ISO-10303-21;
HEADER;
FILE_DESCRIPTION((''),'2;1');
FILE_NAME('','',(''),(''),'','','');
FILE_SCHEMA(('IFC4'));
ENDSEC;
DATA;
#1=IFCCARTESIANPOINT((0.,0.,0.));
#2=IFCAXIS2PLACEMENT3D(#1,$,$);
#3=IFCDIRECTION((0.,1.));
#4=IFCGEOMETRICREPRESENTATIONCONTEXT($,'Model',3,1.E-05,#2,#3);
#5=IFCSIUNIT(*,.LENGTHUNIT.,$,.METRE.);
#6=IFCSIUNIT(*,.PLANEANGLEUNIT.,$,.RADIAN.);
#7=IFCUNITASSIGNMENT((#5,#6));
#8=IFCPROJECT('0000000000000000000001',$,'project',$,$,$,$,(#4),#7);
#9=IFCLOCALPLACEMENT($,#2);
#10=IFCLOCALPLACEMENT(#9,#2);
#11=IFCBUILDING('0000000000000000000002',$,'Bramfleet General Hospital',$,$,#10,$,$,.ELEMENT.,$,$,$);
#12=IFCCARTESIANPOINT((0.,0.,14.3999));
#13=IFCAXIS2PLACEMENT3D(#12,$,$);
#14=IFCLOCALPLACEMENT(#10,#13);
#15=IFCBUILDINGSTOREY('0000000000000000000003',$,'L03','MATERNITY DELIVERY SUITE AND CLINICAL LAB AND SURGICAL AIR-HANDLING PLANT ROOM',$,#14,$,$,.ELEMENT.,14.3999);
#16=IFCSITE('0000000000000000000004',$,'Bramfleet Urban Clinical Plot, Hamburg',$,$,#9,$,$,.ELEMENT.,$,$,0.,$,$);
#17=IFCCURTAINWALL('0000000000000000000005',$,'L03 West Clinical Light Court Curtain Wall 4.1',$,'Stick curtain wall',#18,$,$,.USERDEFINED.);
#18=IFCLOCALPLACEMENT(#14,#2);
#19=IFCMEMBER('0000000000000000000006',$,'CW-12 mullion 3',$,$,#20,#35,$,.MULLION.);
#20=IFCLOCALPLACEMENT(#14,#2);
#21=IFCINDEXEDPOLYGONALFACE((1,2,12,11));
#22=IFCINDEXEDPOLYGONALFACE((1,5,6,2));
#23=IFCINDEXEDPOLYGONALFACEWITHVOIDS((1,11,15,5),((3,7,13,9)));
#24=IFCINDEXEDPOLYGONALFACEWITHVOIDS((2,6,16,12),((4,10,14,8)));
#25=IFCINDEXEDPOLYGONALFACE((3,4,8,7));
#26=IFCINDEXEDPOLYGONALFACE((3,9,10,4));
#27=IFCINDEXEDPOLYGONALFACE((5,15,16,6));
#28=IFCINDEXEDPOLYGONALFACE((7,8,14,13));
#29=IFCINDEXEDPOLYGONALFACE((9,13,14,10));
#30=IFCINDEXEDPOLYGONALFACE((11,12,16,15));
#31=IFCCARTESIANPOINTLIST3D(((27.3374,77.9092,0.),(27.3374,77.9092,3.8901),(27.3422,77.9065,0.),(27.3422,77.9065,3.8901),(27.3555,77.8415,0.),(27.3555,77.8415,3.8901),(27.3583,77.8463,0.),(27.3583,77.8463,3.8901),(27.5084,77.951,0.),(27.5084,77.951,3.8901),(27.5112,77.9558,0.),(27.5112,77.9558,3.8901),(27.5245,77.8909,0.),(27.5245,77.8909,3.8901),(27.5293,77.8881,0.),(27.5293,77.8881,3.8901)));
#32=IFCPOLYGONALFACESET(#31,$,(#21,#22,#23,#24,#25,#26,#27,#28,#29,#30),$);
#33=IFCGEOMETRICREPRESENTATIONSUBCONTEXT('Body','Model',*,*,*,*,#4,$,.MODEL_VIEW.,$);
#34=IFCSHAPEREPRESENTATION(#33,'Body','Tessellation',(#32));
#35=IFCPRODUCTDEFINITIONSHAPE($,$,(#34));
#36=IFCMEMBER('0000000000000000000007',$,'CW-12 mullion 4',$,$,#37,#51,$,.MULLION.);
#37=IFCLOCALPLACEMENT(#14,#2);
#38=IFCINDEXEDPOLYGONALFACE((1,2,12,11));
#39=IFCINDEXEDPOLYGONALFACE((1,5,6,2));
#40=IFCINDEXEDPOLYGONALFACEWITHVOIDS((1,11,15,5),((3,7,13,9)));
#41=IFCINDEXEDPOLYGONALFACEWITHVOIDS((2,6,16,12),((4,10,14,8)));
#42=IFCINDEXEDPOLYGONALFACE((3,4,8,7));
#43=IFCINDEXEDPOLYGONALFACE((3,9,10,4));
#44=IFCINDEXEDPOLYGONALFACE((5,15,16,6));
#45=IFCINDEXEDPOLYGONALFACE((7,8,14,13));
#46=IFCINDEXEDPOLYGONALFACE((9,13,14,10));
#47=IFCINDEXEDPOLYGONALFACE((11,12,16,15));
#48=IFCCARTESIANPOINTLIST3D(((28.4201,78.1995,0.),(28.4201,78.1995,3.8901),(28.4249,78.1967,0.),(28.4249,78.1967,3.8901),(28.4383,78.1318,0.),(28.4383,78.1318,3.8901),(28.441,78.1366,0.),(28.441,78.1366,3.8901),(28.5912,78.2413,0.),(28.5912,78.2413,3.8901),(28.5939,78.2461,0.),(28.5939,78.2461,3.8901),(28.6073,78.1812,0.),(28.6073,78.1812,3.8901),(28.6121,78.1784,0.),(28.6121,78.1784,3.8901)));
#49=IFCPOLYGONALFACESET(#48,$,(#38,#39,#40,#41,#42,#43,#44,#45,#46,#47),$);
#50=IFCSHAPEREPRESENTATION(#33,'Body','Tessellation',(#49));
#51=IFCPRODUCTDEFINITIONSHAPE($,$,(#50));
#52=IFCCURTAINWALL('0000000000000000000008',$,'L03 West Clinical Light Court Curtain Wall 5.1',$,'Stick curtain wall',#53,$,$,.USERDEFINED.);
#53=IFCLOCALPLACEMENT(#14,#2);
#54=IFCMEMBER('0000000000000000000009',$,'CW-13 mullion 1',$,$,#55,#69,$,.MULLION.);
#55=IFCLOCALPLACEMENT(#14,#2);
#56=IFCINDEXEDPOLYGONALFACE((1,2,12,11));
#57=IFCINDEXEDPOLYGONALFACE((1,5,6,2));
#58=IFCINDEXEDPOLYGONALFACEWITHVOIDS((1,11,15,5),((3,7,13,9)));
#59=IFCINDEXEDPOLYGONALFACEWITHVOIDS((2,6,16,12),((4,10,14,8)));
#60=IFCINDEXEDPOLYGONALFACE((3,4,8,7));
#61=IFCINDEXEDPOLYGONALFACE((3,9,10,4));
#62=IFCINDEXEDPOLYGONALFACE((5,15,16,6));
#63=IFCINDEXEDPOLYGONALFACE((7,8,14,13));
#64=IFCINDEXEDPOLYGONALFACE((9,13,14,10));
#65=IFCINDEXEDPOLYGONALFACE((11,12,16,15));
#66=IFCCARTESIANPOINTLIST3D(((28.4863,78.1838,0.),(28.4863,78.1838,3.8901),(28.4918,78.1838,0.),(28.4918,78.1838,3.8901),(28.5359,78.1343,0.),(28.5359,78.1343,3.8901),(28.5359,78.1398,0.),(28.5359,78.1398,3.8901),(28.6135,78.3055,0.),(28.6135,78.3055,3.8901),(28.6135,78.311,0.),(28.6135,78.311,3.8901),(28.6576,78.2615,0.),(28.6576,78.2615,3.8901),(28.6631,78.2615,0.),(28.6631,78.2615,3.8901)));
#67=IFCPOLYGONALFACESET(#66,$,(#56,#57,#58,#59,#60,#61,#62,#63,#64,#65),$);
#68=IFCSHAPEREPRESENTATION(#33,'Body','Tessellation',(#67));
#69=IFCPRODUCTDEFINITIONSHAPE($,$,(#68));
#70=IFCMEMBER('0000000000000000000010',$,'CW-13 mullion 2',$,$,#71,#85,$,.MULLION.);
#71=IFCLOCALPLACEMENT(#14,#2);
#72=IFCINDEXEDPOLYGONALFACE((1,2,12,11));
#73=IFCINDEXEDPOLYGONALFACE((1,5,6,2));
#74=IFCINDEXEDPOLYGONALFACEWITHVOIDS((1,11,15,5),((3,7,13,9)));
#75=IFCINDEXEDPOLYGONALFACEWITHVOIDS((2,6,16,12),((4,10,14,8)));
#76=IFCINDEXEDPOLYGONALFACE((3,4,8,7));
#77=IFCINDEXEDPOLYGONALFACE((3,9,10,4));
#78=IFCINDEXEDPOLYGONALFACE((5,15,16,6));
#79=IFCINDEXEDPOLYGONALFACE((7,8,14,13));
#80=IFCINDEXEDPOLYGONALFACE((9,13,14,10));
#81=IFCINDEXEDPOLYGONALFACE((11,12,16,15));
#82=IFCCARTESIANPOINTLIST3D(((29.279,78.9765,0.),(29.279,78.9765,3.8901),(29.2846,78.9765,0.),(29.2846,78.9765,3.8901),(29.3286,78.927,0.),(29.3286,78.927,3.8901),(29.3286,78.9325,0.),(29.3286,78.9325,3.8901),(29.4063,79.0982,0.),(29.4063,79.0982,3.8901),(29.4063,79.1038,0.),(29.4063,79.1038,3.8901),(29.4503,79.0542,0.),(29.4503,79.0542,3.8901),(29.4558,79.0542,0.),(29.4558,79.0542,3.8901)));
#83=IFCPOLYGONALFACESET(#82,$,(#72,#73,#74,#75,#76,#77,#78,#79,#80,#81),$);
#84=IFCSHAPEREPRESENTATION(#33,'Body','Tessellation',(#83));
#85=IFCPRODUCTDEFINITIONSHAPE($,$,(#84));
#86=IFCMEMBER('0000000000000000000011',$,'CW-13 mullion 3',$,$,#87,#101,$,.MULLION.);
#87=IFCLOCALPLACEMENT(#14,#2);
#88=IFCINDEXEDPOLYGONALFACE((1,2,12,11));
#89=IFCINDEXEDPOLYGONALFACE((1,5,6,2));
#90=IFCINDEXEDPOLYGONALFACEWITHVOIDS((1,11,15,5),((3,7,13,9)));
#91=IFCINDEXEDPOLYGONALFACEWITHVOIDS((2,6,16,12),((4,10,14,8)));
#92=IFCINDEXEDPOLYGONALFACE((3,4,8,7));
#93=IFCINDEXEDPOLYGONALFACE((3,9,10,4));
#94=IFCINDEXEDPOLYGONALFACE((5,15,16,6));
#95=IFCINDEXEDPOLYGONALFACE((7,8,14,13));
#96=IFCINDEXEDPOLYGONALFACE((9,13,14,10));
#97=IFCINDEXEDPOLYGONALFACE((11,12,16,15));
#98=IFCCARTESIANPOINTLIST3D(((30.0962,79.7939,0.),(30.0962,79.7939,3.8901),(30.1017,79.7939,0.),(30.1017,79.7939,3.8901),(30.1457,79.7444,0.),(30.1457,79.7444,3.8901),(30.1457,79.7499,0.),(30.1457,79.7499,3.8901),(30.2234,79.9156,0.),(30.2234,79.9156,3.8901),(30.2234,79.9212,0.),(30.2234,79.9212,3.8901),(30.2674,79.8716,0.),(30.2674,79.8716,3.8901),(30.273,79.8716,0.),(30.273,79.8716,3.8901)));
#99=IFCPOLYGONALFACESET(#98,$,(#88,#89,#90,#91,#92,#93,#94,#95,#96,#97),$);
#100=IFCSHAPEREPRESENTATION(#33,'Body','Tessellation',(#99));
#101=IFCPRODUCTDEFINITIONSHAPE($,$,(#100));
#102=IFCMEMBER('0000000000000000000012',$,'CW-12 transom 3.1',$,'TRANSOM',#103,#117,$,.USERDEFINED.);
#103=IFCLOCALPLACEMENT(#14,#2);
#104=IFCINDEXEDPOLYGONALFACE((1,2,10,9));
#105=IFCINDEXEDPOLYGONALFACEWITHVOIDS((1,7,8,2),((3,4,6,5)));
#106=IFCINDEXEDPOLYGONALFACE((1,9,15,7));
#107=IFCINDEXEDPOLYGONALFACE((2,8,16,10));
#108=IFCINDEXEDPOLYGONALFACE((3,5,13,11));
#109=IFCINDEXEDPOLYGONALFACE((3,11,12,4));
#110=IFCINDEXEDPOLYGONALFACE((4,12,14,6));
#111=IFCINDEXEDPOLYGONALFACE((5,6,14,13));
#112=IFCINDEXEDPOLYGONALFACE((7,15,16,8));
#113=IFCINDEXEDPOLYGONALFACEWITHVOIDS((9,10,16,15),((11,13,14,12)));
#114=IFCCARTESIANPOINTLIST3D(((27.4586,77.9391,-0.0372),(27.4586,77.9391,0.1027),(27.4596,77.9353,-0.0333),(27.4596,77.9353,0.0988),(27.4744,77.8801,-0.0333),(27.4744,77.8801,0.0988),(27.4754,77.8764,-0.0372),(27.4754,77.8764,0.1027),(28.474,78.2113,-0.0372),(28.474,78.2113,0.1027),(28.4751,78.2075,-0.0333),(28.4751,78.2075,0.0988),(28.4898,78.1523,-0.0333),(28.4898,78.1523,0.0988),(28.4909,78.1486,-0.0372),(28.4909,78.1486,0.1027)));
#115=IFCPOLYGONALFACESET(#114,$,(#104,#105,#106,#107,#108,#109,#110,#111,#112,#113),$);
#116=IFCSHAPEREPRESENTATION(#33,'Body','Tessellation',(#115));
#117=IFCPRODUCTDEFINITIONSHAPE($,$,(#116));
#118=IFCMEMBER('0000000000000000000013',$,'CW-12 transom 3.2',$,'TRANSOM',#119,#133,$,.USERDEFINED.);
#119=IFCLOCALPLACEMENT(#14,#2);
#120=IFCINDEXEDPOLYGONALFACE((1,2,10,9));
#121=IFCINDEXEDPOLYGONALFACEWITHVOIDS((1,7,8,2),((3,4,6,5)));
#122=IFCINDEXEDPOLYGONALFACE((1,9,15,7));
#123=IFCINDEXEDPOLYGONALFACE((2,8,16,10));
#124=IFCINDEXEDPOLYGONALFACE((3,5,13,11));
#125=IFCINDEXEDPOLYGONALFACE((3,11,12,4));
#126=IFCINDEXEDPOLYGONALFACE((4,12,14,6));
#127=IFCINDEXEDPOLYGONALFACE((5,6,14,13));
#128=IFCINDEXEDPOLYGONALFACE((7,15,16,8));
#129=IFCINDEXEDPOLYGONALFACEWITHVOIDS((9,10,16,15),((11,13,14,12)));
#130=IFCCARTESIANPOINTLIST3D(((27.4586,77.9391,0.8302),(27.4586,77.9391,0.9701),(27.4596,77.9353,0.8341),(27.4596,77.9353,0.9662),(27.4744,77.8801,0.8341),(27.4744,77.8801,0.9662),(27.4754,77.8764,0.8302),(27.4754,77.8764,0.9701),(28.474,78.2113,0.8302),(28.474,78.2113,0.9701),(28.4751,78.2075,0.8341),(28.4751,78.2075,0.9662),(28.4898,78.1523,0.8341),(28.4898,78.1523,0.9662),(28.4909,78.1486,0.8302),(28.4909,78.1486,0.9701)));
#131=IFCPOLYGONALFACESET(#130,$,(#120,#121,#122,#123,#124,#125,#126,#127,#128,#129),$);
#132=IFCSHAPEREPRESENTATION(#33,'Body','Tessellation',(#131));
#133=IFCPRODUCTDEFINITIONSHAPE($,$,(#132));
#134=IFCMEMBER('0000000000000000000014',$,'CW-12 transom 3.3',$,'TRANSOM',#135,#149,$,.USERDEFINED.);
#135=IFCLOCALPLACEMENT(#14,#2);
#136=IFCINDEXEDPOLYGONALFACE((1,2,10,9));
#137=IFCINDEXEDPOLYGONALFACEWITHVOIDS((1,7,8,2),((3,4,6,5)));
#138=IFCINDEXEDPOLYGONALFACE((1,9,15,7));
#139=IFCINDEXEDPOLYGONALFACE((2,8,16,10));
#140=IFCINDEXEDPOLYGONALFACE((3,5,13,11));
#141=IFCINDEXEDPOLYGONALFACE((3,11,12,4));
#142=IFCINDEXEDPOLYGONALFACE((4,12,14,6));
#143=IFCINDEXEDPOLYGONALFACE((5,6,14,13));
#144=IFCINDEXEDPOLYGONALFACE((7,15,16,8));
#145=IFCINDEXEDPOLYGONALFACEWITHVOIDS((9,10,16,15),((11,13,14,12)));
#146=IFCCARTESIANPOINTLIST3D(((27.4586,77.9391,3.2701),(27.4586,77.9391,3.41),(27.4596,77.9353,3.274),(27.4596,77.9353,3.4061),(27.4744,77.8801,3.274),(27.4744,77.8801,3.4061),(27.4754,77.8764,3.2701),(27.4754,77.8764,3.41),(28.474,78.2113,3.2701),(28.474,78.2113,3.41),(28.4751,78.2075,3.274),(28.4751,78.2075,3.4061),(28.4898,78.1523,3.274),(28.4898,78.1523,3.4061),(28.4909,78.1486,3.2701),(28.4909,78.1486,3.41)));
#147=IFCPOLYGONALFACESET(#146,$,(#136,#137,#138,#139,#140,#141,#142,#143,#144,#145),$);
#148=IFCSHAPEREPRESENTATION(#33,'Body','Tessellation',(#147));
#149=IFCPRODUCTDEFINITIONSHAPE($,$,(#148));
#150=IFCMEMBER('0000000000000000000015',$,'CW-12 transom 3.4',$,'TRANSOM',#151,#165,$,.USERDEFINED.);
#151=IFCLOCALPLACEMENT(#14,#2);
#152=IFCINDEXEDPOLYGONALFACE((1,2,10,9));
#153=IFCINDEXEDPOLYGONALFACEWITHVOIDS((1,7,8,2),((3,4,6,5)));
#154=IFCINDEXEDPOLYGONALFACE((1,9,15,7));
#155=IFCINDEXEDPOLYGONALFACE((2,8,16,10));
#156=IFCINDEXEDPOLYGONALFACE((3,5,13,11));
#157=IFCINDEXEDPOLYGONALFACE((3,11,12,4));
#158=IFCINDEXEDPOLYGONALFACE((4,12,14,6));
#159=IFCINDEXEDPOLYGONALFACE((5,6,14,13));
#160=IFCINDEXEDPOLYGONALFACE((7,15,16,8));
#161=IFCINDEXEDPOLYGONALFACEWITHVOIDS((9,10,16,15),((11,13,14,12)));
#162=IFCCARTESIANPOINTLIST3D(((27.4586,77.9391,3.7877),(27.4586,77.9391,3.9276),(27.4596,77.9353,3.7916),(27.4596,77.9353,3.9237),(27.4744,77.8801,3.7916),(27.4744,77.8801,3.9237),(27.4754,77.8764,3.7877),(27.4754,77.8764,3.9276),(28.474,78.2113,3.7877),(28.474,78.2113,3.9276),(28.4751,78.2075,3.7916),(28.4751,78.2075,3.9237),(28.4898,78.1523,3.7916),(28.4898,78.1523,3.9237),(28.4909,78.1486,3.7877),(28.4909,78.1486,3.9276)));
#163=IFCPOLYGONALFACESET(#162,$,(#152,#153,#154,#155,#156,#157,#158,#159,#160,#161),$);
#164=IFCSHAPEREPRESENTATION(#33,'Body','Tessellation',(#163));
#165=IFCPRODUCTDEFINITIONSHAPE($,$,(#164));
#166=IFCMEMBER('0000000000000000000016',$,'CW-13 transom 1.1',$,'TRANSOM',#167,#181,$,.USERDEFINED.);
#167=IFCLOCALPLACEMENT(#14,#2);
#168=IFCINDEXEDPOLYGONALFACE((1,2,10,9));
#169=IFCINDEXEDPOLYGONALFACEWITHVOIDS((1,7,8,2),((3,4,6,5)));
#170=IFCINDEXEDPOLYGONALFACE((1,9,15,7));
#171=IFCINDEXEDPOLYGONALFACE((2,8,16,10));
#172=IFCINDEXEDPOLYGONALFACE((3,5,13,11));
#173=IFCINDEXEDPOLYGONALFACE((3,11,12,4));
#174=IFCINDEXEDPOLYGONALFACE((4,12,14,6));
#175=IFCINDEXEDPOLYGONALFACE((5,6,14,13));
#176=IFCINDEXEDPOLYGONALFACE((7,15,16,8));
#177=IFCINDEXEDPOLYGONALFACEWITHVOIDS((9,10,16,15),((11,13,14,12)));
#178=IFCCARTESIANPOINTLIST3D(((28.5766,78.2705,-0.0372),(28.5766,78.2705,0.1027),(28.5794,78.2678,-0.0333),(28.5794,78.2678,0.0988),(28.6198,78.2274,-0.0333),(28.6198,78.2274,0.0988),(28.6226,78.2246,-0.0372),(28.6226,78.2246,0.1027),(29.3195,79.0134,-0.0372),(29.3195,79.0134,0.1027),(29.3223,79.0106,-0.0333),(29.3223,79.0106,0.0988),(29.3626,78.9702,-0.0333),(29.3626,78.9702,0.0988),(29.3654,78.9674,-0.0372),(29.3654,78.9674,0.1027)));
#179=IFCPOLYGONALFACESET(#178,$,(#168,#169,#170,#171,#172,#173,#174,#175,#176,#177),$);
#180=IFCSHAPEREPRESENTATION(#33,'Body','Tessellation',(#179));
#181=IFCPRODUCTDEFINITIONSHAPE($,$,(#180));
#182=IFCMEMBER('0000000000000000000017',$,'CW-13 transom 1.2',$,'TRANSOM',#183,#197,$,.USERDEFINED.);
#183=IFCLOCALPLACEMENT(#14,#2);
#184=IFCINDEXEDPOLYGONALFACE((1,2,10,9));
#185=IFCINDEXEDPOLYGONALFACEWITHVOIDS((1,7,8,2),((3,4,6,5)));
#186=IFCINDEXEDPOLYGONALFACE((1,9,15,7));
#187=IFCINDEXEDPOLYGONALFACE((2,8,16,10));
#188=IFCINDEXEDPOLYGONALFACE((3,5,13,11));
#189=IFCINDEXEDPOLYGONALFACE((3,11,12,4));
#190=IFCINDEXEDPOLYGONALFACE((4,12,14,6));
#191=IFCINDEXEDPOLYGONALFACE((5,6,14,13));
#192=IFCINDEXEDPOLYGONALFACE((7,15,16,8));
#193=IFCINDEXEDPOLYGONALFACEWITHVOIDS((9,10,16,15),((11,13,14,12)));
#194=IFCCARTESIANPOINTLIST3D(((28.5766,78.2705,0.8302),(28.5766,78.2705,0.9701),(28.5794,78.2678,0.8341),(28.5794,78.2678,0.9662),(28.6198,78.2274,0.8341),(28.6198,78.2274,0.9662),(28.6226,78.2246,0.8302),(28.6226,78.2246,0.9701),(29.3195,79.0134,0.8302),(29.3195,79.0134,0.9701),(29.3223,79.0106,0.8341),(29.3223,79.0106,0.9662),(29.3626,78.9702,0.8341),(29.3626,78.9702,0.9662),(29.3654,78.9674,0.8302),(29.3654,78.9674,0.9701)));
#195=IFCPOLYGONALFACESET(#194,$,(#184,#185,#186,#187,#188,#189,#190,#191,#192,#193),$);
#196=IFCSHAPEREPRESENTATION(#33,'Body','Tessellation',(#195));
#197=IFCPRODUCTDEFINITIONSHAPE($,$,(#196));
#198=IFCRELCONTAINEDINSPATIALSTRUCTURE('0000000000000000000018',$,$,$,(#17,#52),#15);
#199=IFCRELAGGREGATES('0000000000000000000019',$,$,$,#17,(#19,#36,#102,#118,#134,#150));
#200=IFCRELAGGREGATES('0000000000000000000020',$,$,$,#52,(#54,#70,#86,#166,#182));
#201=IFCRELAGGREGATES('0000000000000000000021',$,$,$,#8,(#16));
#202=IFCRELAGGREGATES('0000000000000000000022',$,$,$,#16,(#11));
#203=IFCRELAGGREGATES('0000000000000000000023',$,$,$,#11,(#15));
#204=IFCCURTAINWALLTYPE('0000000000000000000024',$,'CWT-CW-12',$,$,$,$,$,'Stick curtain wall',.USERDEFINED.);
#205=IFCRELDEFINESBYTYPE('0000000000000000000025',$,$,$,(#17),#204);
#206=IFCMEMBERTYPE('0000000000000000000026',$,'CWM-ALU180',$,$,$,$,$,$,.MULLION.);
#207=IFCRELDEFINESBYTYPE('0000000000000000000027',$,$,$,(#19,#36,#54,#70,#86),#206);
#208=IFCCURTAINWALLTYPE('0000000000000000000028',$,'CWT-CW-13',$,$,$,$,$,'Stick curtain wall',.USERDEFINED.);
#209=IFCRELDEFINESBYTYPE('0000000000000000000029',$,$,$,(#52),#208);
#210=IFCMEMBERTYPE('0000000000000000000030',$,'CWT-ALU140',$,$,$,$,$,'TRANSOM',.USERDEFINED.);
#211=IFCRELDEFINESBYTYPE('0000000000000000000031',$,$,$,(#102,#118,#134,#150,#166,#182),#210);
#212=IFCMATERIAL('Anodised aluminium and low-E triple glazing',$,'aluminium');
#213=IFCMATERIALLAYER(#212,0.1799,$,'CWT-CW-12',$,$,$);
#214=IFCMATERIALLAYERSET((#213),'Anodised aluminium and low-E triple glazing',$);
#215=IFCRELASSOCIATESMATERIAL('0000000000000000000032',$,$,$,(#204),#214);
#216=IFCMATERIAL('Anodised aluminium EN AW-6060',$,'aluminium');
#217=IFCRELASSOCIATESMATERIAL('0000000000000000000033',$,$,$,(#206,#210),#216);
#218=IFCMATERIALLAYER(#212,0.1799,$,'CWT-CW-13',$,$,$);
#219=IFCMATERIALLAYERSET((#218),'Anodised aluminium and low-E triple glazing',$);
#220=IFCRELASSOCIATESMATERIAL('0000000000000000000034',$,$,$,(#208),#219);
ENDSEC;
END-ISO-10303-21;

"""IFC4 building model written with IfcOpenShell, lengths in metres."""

from ifc_helpers import new_model, si_unit, direction, frame, origin, origin_2d, place, context, subcontext, project, spatial, hollow_rectangle, extrude, material, layer, layer_set, material_profile, profile_set, type_object, element, aggregate, save


model = new_model("IFC4")

# Units and contexts
model_context = context("Model", 3, precision=1e-05, world=origin(), true_north=direction((0.0, 1.0)))
body_context = subcontext(model_context, "Body", "Model", "MODEL_VIEW")
ifc_project = project(units=[si_unit("LENGTHUNIT", "METRE"), si_unit("PLANEANGLEUNIT", "RADIAN")], contexts=[model_context])

# Site, building, storey
site_placement = place(None, origin())
site = spatial("IfcSite", under=ifc_project, at=site_placement, Name="Bramfleet Urban Clinical Plot, Hamburg", CompositionType="ELEMENT", RefElevation=0.0)
building_placement = place(site_placement, origin())
building = spatial("IfcBuilding", under=site, at=building_placement, Name="Bramfleet General Hospital", CompositionType="ELEMENT")
storey_placement = place(building_placement, frame((0.0, 0.0, 14.3999)))
storey = spatial("IfcBuildingStorey", under=building, at=storey_placement, Name="L03", Description="MATERNITY DELIVERY SUITE AND CLINICAL LAB AND SURGICAL AIR-HANDLING PLANT ROOM", CompositionType="ELEMENT", Elevation=14.3999)

# Curtain walls, members
ifc_material_1 = material(Name="Anodised aluminium and low-E triple glazing", Category="aluminium")
ifc_layer_1 = layer(ifc_material_1, 0.1799, Name="CWT-CW-12")
ifc_layer_set_1 = layer_set([ifc_layer_1], Name="Anodised aluminium and low-E triple glazing")
curtain_wall_type_1 = type_object("IfcCurtainWallType", Name="CWT-CW-12", ElementType="Stick curtain wall", PredefinedType="USERDEFINED", material=ifc_layer_set_1)
curtain_wall_1_placement = place(storey_placement, origin())
curtain_wall_1 = element("IfcCurtainWall", 1, at=curtain_wall_1_placement, inside=storey, type_object=curtain_wall_type_1, Name="L03 West Clinical Light Court Curtain Wall 4.1", ObjectType="Stick curtain wall", PredefinedType="USERDEFINED")
ifc_material_2 = material(Name="Anodised aluminium EN AW-6060", Category="aluminium")
ifc_material_profile_1 = material_profile(ifc_material_2, hollow_rectangle(XDim=0.0701, YDim=0.1799, WallThickness=0.0039, at=origin_2d()), Name="ALU 180x70x4.0")
ifc_profile_set_1 = profile_set([ifc_material_profile_1], Name="Anodised aluminium EN AW-6060")
member_type_1 = type_object("IfcMemberType", Name="CWM-ALU180", PredefinedType="MULLION", material=ifc_profile_set_1)
member_1_placement = place(storey_placement, frame((27.4333, 77.8987, 0.0), z_axis=(0.0, 0.0, 1.0), x_axis=(-0.258919, 0.965899, 0.0)))
member_1 = element("IfcMember", 2, at=member_1_placement, type_object=member_type_1, Name="CW-12 mullion 3", PredefinedType="MULLION", context=body_context, shape_type="SweptSolid", body=[
    extrude(hollow_rectangle(XDim=0.0701, YDim=0.1799, WallThickness=0.0039, at=origin_2d()), origin(), (0.0, 0.0, 1.0), 3.8901),
])
member_2_placement = place(storey_placement, frame((28.5161, 78.189, 0.0), z_axis=(0.0, 0.0, 1.0), x_axis=(-0.258919, 0.965899, 0.0)))
member_2 = element("IfcMember", 3, at=member_2_placement, type_object=member_type_1, Name="CW-12 mullion 4", PredefinedType="MULLION", context=body_context, shape_type="SweptSolid", body=[
    extrude(hollow_rectangle(XDim=0.0701, YDim=0.1799, WallThickness=0.0039, at=origin_2d()), origin(), (0.0, 0.0, 1.0), 3.8901),
])
ifc_layer_2 = layer(ifc_material_1, 0.1799, Name="CWT-CW-13")
ifc_layer_set_2 = layer_set([ifc_layer_2], Name="Anodised aluminium and low-E triple glazing")
curtain_wall_type_2 = type_object("IfcCurtainWallType", Name="CWT-CW-13", ElementType="Stick curtain wall", PredefinedType="USERDEFINED", material=ifc_layer_set_2)
curtain_wall_2_placement = place(storey_placement, origin())
curtain_wall_2 = element("IfcCurtainWall", 4, at=curtain_wall_2_placement, inside=storey, type_object=curtain_wall_type_2, Name="L03 West Clinical Light Court Curtain Wall 5.1", ObjectType="Stick curtain wall", PredefinedType="USERDEFINED")
member_3_placement = place(storey_placement, frame((28.5747, 78.2227, 0.0), z_axis=(0.0, 0.0, 1.0), x_axis=(-0.707107, 0.707107, 0.0)))
member_3 = element("IfcMember", 5, at=member_3_placement, type_object=member_type_1, Name="CW-13 mullion 1", PredefinedType="MULLION", context=body_context, shape_type="SweptSolid", body=[
    extrude(hollow_rectangle(XDim=0.0701, YDim=0.1799, WallThickness=0.0039, at=origin_2d()), origin(), (0.0, 0.0, 1.0), 3.8901),
])
member_4_placement = place(storey_placement, frame((29.3674, 79.0154, 0.0), z_axis=(0.0, 0.0, 1.0), x_axis=(-0.707107, 0.707107, 0.0)))
member_4 = element("IfcMember", 6, at=member_4_placement, type_object=member_type_1, Name="CW-13 mullion 2", PredefinedType="MULLION", context=body_context, shape_type="SweptSolid", body=[
    extrude(hollow_rectangle(XDim=0.0701, YDim=0.1799, WallThickness=0.0039, at=origin_2d()), origin(), (0.0, 0.0, 1.0), 3.8901),
])
member_5_placement = place(storey_placement, frame((30.1846, 79.8328, 0.0), z_axis=(0.0, 0.0, 1.0), x_axis=(-0.707107, 0.707107, 0.0)))
member_5 = element("IfcMember", 7, at=member_5_placement, type_object=member_type_1, Name="CW-13 mullion 3", PredefinedType="MULLION", context=body_context, shape_type="SweptSolid", body=[
    extrude(hollow_rectangle(XDim=0.0701, YDim=0.1799, WallThickness=0.0039, at=origin_2d()), origin(), (0.0, 0.0, 1.0), 3.8901),
])

# Members
ifc_material_profile_2 = material_profile(ifc_material_2, hollow_rectangle(XDim=0.0649, YDim=0.1399, WallThickness=0.0039, at=origin_2d()), Name="ALU 140x65x4.0")
ifc_profile_set_2 = profile_set([ifc_material_profile_2], Name="Anodised aluminium EN AW-6060")
member_type_2 = type_object("IfcMemberType", Name="CWT-ALU140", ElementType="TRANSOM", PredefinedType="USERDEFINED", material=ifc_profile_set_2)
member_6_placement = place(storey_placement, frame((27.467, 77.9077, 0.0327), z_axis=(0.965891, 0.258949, 0.0), x_axis=(-0.258949, 0.965891, 0.0)))
member_6 = element("IfcMember", 8, at=member_6_placement, type_object=member_type_2, Name="CW-12 transom 3.1", ObjectType="TRANSOM", PredefinedType="USERDEFINED", context=body_context, shape_type="SweptSolid", body=[
    extrude(hollow_rectangle(XDim=0.0649, YDim=0.1399, WallThickness=0.0039, at=origin_2d()), origin(), (0.0, 0.0, 1.0), 1.0513),
])
member_7_placement = place(storey_placement, frame((27.467, 77.9077, 0.9001), z_axis=(0.965891, 0.258949, 0.0), x_axis=(-0.258949, 0.965891, 0.0)))
member_7 = element("IfcMember", 9, at=member_7_placement, type_object=member_type_2, Name="CW-12 transom 3.2", ObjectType="TRANSOM", PredefinedType="USERDEFINED", context=body_context, shape_type="SweptSolid", body=[
    extrude(hollow_rectangle(XDim=0.0649, YDim=0.1399, WallThickness=0.0039, at=origin_2d()), origin(), (0.0, 0.0, 1.0), 1.0513),
])
member_8_placement = place(storey_placement, frame((27.467, 77.9077, 3.3401), z_axis=(0.965891, 0.258949, 0.0), x_axis=(-0.258949, 0.965891, 0.0)))
member_8 = element("IfcMember", 10, at=member_8_placement, type_object=member_type_2, Name="CW-12 transom 3.3", ObjectType="TRANSOM", PredefinedType="USERDEFINED", context=body_context, shape_type="SweptSolid", body=[
    extrude(hollow_rectangle(XDim=0.0649, YDim=0.1399, WallThickness=0.0039, at=origin_2d()), origin(), (0.0, 0.0, 1.0), 1.0513),
])
member_9_placement = place(storey_placement, frame((27.467, 77.9077, 3.8577), z_axis=(0.965891, 0.258949, 0.0), x_axis=(-0.258949, 0.965891, 0.0)))
member_9 = element("IfcMember", 11, at=member_9_placement, type_object=member_type_2, Name="CW-12 transom 3.4", ObjectType="TRANSOM", PredefinedType="USERDEFINED", context=body_context, shape_type="SweptSolid", body=[
    extrude(hollow_rectangle(XDim=0.0649, YDim=0.1399, WallThickness=0.0039, at=origin_2d()), origin(), (0.0, 0.0, 1.0), 1.0513),
])
member_10_placement = place(storey_placement, frame((28.5996, 78.2476, 0.0327), z_axis=(0.707107, 0.707107, 0.0), x_axis=(-0.707107, 0.707107, 0.0)))
member_10 = element("IfcMember", 12, at=member_10_placement, type_object=member_type_2, Name="CW-13 transom 1.1", ObjectType="TRANSOM", PredefinedType="USERDEFINED", context=body_context, shape_type="SweptSolid", body=[
    extrude(hollow_rectangle(XDim=0.0649, YDim=0.1399, WallThickness=0.0039, at=origin_2d()), origin(), (0.0, 0.0, 1.0), 1.0505),
])
member_11_placement = place(storey_placement, frame((28.5996, 78.2476, 0.9001), z_axis=(0.707107, 0.707107, 0.0), x_axis=(-0.707107, 0.707107, 0.0)))
member_11 = element("IfcMember", 13, at=member_11_placement, type_object=member_type_2, Name="CW-13 transom 1.2", ObjectType="TRANSOM", PredefinedType="USERDEFINED", context=body_context, shape_type="SweptSolid", body=[
    extrude(hollow_rectangle(XDim=0.0649, YDim=0.1399, WallThickness=0.0039, at=origin_2d()), origin(), (0.0, 0.0, 1.0), 1.0505),
])

aggregate(curtain_wall_1, [member_1, member_2, member_6, member_7, member_8, member_9])
aggregate(curtain_wall_2, [member_3, member_4, member_5, member_10, member_11])

save(model, "model.ifc")
